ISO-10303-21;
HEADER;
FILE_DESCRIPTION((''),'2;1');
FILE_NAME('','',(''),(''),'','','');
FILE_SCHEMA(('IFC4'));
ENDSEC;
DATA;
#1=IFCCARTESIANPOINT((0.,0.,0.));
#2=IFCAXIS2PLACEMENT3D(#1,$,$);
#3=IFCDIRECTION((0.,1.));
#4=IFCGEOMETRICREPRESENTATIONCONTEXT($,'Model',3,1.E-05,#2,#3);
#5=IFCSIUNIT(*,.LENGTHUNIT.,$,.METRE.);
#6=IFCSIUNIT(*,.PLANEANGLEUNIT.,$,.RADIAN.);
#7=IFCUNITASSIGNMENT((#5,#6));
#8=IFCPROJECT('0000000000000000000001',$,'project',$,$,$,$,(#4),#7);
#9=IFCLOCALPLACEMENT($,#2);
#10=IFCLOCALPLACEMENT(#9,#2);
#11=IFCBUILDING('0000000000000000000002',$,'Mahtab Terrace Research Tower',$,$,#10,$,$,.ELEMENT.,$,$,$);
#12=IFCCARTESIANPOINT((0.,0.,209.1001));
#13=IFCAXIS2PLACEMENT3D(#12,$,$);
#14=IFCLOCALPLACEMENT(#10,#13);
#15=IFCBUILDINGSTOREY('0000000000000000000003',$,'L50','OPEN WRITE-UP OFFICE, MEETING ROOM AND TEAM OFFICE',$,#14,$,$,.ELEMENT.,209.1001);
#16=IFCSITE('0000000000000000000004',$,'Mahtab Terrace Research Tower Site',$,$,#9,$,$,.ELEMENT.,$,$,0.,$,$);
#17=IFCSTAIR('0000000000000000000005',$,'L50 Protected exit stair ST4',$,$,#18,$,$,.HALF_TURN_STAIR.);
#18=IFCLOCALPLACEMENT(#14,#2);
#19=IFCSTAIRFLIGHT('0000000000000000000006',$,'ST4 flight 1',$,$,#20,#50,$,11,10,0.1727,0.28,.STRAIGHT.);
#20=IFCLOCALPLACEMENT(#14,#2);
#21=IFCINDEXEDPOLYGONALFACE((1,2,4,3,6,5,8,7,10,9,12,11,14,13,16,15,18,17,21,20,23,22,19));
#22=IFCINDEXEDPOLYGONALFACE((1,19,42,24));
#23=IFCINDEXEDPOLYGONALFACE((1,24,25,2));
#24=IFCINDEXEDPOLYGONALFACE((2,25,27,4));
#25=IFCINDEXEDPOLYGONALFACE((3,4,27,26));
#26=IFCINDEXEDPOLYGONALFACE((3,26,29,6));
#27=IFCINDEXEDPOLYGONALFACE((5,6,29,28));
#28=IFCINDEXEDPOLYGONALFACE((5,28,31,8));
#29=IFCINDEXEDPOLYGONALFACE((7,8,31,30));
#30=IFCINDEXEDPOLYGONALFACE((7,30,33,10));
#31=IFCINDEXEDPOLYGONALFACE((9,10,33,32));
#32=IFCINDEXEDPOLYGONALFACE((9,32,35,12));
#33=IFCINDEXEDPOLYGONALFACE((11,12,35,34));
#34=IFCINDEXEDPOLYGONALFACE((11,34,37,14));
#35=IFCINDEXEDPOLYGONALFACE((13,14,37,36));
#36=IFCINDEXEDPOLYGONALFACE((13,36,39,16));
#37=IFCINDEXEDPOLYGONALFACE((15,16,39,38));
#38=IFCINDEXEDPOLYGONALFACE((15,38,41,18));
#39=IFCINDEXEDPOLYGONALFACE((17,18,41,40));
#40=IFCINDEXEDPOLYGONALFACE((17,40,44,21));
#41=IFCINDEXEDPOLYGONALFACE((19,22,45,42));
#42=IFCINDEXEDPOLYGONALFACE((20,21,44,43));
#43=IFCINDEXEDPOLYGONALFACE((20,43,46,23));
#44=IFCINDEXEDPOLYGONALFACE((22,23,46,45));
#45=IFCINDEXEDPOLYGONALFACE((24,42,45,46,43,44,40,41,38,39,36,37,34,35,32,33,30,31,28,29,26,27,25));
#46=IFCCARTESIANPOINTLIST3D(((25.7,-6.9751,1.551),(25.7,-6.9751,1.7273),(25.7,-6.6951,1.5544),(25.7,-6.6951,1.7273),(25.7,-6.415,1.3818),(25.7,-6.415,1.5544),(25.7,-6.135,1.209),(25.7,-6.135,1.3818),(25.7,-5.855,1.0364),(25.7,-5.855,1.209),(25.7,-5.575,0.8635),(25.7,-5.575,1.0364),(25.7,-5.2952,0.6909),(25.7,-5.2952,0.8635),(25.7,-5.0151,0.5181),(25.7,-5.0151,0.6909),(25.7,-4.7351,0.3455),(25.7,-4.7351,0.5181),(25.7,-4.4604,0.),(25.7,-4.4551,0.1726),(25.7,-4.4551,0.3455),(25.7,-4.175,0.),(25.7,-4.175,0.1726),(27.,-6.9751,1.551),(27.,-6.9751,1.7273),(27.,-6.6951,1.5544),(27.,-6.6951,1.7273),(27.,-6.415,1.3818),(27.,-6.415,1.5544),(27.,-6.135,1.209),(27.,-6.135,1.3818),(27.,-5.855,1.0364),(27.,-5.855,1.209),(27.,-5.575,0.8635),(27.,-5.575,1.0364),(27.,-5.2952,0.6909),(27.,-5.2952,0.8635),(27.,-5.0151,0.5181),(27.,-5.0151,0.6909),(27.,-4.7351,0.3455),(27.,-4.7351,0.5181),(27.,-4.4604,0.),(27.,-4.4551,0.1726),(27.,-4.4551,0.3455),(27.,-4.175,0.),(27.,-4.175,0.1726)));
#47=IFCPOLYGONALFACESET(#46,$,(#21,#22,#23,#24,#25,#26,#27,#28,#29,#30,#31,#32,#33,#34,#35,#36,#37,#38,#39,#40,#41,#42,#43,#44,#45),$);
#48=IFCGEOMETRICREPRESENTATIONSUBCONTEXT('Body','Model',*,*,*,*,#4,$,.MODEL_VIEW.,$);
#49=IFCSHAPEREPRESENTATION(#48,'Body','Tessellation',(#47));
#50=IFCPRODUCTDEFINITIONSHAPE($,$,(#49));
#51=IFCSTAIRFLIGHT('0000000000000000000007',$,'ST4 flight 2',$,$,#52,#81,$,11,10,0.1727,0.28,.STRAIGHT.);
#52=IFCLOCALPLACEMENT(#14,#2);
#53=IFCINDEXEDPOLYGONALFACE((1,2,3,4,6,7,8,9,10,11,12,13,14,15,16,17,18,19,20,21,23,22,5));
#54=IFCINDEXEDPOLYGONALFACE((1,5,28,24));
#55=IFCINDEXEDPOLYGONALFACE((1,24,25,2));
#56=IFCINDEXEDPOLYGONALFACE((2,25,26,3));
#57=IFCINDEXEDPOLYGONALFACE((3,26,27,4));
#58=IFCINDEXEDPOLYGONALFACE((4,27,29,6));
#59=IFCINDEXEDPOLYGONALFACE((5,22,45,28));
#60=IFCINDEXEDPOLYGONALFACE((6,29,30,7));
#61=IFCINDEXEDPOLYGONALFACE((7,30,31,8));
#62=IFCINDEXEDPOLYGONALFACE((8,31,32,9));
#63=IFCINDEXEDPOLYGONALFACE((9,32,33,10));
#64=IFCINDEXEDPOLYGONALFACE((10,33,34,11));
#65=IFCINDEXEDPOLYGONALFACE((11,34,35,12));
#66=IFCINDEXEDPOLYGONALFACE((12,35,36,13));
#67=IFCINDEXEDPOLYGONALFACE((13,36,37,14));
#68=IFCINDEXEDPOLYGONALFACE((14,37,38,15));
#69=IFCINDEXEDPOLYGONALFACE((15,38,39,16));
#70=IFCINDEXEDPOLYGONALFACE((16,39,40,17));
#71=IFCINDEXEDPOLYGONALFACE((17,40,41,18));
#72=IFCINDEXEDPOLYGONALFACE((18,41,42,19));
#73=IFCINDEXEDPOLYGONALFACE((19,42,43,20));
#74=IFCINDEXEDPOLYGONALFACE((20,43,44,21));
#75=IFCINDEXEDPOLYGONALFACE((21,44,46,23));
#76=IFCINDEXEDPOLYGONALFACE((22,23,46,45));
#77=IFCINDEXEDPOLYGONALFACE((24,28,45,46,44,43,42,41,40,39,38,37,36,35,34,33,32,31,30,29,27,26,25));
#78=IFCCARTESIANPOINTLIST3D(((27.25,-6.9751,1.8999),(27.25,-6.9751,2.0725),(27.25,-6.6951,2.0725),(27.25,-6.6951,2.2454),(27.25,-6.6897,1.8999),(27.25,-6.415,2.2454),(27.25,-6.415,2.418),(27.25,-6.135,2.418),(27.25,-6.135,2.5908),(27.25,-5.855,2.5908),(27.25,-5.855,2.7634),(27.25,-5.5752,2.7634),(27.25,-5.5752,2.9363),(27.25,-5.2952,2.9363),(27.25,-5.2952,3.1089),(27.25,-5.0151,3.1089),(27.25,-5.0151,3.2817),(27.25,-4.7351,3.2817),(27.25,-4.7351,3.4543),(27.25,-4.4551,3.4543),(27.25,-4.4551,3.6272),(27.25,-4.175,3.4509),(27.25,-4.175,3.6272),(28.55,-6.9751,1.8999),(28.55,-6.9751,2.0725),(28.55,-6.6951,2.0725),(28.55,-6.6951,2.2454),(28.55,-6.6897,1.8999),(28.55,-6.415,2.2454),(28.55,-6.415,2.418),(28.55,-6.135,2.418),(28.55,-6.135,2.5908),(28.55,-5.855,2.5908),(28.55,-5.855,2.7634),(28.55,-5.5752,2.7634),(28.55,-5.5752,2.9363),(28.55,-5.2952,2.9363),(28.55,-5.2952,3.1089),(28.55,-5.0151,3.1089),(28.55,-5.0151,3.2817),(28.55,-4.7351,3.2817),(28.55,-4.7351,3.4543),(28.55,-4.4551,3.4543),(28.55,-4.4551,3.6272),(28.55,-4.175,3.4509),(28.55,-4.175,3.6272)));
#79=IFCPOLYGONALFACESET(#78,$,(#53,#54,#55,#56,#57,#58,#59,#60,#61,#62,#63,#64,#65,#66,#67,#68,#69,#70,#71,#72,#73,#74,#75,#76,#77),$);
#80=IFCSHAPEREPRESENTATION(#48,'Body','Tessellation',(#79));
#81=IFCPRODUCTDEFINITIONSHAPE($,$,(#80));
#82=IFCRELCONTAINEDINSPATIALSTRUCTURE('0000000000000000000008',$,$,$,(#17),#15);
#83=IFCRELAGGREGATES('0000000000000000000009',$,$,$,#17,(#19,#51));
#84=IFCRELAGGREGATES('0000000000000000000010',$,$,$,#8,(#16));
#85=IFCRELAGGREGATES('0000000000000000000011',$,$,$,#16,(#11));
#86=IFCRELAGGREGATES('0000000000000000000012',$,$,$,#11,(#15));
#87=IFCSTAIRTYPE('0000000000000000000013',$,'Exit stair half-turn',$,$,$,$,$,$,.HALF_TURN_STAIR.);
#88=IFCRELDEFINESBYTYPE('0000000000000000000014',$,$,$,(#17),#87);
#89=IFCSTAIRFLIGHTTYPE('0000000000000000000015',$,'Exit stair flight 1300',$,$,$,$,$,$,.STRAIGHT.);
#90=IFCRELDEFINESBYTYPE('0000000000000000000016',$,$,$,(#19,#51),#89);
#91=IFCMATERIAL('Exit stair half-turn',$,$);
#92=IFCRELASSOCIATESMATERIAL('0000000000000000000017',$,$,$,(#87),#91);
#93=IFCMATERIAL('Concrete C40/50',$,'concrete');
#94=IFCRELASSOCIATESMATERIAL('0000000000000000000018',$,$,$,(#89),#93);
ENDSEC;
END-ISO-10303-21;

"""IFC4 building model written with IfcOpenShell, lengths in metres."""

from ifc_helpers import new_model, si_unit, direction, frame, origin, place, context, subcontext, project, spatial, polyline, outline, extrude, material, type_object, element, aggregate, save


model = new_model("IFC4")

# Units and contexts
model_context = context("Model", 3, precision=1e-05, world=origin(), true_north=direction((0.0, 1.0)))
body_context = subcontext(model_context, "Body", "Model", "MODEL_VIEW")
ifc_project = project(units=[si_unit("LENGTHUNIT", "METRE"), si_unit("PLANEANGLEUNIT", "RADIAN")], contexts=[model_context])

# Site, building, storey
site_placement = place(None, origin())
site = spatial("IfcSite", under=ifc_project, at=site_placement, Name="Mahtab Terrace Research Tower Site", CompositionType="ELEMENT", RefElevation=0.0)
building_placement = place(site_placement, origin())
building = spatial("IfcBuilding", under=site, at=building_placement, Name="Mahtab Terrace Research Tower", CompositionType="ELEMENT")
storey_placement = place(building_placement, frame((0.0, 0.0, 209.1001)))
storey = spatial("IfcBuildingStorey", under=building, at=storey_placement, Name="L50", Description="OPEN WRITE-UP OFFICE, MEETING ROOM AND TEAM OFFICE", CompositionType="ELEMENT", Elevation=209.1001)

# Stair, stair flights
ifc_material_1 = material(Name="Exit stair half-turn")
stair_type = type_object("IfcStairType", Name="Exit stair half-turn", PredefinedType="HALF_TURN_STAIR", material=ifc_material_1)
stair_placement = place(storey_placement, origin())
stair = element("IfcStair", 1, at=stair_placement, inside=storey, type_object=stair_type, Name="L50 Protected exit stair ST4", PredefinedType="HALF_TURN_STAIR")
ifc_material_2 = material(Name="Concrete C40/50", Category="concrete")
stair_flight_type = type_object("IfcStairFlightType", Name="Exit stair flight 1300", PredefinedType="STRAIGHT", material=ifc_material_2)
stair_flight_1_placement = place(storey_placement, frame((26.3501, -4.175, 0.0), z_axis=(0.0, 0.0, 1.0), x_axis=(0.0, -1.0, 0.0)))
stair_flight_1 = element("IfcStairFlight", 2, at=stair_flight_1_placement, type_object=stair_flight_type, Name="ST4 flight 1", NumberOfRisers=11, NumberOfTreads=10, PredefinedType="STRAIGHT", RiserHeight=0.1727, TreadLength=0.28, context=body_context, shape_type="SweptSolid", body=[
    extrude(outline(polyline([(0.0, 0.0), (0.0, 0.1726), (0.28, 0.1726), (0.28, 0.3455), (0.5601, 0.3455), (0.5601, 0.5181), (0.8401, 0.5181), (0.8401, 0.6909), (1.1201, 0.6909), (1.1201, 0.8635), (1.3999, 0.8635), (1.3999, 1.0364), (1.6799, 1.0364), (1.6799, 1.209), (1.96, 1.209), (1.96, 1.3818), (2.24, 1.3818), (2.24, 1.5544), (2.52, 1.5544), (2.52, 1.7273), (2.8, 1.7273), (2.8, 1.8999), (2.8, 1.551), (0.2854, 0.0), (0.0, 0.0)])), frame((0.0, 0.6499, 0.0), z_axis=(0.0, -1.0, 0.0), x_axis=(1.0, 0.0, 0.0)), (0.0, 0.0, 1.0), 1.3),
])
stair_flight_2_placement = place(storey_placement, frame((27.8999, -6.9751, 1.8999), z_axis=(0.0, 0.0, 1.0), x_axis=(0.0, 1.0, 0.0)))
stair_flight_2 = element("IfcStairFlight", 3, at=stair_flight_2_placement, type_object=stair_flight_type, Name="ST4 flight 2", NumberOfRisers=11, NumberOfTreads=10, PredefinedType="STRAIGHT", RiserHeight=0.1727, TreadLength=0.28, context=body_context, shape_type="SweptSolid", body=[
    extrude(outline(polyline([(0.0, 0.0), (0.0, 0.1726), (0.28, 0.1726), (0.28, 0.3455), (0.5601, 0.3455), (0.5601, 0.5181), (0.8401, 0.5181), (0.8401, 0.6909), (1.1201, 0.6909), (1.1201, 0.8635), (1.3999, 0.8635), (1.3999, 1.0364), (1.6799, 1.0364), (1.6799, 1.209), (1.96, 1.209), (1.96, 1.3818), (2.24, 1.3818), (2.24, 1.5544), (2.52, 1.5544), (2.52, 1.7273), (2.8, 1.7273), (2.8, 1.8999), (2.8, 1.551), (0.2854, 0.0), (0.0, 0.0)])), frame((0.0, 0.6499, 0.0), z_axis=(0.0, -1.0, 0.0), x_axis=(1.0, 0.0, 0.0)), (0.0, 0.0, 1.0), 1.3),
])
aggregate(stair, [stair_flight_1, stair_flight_2])

save(model, "model.ifc")
